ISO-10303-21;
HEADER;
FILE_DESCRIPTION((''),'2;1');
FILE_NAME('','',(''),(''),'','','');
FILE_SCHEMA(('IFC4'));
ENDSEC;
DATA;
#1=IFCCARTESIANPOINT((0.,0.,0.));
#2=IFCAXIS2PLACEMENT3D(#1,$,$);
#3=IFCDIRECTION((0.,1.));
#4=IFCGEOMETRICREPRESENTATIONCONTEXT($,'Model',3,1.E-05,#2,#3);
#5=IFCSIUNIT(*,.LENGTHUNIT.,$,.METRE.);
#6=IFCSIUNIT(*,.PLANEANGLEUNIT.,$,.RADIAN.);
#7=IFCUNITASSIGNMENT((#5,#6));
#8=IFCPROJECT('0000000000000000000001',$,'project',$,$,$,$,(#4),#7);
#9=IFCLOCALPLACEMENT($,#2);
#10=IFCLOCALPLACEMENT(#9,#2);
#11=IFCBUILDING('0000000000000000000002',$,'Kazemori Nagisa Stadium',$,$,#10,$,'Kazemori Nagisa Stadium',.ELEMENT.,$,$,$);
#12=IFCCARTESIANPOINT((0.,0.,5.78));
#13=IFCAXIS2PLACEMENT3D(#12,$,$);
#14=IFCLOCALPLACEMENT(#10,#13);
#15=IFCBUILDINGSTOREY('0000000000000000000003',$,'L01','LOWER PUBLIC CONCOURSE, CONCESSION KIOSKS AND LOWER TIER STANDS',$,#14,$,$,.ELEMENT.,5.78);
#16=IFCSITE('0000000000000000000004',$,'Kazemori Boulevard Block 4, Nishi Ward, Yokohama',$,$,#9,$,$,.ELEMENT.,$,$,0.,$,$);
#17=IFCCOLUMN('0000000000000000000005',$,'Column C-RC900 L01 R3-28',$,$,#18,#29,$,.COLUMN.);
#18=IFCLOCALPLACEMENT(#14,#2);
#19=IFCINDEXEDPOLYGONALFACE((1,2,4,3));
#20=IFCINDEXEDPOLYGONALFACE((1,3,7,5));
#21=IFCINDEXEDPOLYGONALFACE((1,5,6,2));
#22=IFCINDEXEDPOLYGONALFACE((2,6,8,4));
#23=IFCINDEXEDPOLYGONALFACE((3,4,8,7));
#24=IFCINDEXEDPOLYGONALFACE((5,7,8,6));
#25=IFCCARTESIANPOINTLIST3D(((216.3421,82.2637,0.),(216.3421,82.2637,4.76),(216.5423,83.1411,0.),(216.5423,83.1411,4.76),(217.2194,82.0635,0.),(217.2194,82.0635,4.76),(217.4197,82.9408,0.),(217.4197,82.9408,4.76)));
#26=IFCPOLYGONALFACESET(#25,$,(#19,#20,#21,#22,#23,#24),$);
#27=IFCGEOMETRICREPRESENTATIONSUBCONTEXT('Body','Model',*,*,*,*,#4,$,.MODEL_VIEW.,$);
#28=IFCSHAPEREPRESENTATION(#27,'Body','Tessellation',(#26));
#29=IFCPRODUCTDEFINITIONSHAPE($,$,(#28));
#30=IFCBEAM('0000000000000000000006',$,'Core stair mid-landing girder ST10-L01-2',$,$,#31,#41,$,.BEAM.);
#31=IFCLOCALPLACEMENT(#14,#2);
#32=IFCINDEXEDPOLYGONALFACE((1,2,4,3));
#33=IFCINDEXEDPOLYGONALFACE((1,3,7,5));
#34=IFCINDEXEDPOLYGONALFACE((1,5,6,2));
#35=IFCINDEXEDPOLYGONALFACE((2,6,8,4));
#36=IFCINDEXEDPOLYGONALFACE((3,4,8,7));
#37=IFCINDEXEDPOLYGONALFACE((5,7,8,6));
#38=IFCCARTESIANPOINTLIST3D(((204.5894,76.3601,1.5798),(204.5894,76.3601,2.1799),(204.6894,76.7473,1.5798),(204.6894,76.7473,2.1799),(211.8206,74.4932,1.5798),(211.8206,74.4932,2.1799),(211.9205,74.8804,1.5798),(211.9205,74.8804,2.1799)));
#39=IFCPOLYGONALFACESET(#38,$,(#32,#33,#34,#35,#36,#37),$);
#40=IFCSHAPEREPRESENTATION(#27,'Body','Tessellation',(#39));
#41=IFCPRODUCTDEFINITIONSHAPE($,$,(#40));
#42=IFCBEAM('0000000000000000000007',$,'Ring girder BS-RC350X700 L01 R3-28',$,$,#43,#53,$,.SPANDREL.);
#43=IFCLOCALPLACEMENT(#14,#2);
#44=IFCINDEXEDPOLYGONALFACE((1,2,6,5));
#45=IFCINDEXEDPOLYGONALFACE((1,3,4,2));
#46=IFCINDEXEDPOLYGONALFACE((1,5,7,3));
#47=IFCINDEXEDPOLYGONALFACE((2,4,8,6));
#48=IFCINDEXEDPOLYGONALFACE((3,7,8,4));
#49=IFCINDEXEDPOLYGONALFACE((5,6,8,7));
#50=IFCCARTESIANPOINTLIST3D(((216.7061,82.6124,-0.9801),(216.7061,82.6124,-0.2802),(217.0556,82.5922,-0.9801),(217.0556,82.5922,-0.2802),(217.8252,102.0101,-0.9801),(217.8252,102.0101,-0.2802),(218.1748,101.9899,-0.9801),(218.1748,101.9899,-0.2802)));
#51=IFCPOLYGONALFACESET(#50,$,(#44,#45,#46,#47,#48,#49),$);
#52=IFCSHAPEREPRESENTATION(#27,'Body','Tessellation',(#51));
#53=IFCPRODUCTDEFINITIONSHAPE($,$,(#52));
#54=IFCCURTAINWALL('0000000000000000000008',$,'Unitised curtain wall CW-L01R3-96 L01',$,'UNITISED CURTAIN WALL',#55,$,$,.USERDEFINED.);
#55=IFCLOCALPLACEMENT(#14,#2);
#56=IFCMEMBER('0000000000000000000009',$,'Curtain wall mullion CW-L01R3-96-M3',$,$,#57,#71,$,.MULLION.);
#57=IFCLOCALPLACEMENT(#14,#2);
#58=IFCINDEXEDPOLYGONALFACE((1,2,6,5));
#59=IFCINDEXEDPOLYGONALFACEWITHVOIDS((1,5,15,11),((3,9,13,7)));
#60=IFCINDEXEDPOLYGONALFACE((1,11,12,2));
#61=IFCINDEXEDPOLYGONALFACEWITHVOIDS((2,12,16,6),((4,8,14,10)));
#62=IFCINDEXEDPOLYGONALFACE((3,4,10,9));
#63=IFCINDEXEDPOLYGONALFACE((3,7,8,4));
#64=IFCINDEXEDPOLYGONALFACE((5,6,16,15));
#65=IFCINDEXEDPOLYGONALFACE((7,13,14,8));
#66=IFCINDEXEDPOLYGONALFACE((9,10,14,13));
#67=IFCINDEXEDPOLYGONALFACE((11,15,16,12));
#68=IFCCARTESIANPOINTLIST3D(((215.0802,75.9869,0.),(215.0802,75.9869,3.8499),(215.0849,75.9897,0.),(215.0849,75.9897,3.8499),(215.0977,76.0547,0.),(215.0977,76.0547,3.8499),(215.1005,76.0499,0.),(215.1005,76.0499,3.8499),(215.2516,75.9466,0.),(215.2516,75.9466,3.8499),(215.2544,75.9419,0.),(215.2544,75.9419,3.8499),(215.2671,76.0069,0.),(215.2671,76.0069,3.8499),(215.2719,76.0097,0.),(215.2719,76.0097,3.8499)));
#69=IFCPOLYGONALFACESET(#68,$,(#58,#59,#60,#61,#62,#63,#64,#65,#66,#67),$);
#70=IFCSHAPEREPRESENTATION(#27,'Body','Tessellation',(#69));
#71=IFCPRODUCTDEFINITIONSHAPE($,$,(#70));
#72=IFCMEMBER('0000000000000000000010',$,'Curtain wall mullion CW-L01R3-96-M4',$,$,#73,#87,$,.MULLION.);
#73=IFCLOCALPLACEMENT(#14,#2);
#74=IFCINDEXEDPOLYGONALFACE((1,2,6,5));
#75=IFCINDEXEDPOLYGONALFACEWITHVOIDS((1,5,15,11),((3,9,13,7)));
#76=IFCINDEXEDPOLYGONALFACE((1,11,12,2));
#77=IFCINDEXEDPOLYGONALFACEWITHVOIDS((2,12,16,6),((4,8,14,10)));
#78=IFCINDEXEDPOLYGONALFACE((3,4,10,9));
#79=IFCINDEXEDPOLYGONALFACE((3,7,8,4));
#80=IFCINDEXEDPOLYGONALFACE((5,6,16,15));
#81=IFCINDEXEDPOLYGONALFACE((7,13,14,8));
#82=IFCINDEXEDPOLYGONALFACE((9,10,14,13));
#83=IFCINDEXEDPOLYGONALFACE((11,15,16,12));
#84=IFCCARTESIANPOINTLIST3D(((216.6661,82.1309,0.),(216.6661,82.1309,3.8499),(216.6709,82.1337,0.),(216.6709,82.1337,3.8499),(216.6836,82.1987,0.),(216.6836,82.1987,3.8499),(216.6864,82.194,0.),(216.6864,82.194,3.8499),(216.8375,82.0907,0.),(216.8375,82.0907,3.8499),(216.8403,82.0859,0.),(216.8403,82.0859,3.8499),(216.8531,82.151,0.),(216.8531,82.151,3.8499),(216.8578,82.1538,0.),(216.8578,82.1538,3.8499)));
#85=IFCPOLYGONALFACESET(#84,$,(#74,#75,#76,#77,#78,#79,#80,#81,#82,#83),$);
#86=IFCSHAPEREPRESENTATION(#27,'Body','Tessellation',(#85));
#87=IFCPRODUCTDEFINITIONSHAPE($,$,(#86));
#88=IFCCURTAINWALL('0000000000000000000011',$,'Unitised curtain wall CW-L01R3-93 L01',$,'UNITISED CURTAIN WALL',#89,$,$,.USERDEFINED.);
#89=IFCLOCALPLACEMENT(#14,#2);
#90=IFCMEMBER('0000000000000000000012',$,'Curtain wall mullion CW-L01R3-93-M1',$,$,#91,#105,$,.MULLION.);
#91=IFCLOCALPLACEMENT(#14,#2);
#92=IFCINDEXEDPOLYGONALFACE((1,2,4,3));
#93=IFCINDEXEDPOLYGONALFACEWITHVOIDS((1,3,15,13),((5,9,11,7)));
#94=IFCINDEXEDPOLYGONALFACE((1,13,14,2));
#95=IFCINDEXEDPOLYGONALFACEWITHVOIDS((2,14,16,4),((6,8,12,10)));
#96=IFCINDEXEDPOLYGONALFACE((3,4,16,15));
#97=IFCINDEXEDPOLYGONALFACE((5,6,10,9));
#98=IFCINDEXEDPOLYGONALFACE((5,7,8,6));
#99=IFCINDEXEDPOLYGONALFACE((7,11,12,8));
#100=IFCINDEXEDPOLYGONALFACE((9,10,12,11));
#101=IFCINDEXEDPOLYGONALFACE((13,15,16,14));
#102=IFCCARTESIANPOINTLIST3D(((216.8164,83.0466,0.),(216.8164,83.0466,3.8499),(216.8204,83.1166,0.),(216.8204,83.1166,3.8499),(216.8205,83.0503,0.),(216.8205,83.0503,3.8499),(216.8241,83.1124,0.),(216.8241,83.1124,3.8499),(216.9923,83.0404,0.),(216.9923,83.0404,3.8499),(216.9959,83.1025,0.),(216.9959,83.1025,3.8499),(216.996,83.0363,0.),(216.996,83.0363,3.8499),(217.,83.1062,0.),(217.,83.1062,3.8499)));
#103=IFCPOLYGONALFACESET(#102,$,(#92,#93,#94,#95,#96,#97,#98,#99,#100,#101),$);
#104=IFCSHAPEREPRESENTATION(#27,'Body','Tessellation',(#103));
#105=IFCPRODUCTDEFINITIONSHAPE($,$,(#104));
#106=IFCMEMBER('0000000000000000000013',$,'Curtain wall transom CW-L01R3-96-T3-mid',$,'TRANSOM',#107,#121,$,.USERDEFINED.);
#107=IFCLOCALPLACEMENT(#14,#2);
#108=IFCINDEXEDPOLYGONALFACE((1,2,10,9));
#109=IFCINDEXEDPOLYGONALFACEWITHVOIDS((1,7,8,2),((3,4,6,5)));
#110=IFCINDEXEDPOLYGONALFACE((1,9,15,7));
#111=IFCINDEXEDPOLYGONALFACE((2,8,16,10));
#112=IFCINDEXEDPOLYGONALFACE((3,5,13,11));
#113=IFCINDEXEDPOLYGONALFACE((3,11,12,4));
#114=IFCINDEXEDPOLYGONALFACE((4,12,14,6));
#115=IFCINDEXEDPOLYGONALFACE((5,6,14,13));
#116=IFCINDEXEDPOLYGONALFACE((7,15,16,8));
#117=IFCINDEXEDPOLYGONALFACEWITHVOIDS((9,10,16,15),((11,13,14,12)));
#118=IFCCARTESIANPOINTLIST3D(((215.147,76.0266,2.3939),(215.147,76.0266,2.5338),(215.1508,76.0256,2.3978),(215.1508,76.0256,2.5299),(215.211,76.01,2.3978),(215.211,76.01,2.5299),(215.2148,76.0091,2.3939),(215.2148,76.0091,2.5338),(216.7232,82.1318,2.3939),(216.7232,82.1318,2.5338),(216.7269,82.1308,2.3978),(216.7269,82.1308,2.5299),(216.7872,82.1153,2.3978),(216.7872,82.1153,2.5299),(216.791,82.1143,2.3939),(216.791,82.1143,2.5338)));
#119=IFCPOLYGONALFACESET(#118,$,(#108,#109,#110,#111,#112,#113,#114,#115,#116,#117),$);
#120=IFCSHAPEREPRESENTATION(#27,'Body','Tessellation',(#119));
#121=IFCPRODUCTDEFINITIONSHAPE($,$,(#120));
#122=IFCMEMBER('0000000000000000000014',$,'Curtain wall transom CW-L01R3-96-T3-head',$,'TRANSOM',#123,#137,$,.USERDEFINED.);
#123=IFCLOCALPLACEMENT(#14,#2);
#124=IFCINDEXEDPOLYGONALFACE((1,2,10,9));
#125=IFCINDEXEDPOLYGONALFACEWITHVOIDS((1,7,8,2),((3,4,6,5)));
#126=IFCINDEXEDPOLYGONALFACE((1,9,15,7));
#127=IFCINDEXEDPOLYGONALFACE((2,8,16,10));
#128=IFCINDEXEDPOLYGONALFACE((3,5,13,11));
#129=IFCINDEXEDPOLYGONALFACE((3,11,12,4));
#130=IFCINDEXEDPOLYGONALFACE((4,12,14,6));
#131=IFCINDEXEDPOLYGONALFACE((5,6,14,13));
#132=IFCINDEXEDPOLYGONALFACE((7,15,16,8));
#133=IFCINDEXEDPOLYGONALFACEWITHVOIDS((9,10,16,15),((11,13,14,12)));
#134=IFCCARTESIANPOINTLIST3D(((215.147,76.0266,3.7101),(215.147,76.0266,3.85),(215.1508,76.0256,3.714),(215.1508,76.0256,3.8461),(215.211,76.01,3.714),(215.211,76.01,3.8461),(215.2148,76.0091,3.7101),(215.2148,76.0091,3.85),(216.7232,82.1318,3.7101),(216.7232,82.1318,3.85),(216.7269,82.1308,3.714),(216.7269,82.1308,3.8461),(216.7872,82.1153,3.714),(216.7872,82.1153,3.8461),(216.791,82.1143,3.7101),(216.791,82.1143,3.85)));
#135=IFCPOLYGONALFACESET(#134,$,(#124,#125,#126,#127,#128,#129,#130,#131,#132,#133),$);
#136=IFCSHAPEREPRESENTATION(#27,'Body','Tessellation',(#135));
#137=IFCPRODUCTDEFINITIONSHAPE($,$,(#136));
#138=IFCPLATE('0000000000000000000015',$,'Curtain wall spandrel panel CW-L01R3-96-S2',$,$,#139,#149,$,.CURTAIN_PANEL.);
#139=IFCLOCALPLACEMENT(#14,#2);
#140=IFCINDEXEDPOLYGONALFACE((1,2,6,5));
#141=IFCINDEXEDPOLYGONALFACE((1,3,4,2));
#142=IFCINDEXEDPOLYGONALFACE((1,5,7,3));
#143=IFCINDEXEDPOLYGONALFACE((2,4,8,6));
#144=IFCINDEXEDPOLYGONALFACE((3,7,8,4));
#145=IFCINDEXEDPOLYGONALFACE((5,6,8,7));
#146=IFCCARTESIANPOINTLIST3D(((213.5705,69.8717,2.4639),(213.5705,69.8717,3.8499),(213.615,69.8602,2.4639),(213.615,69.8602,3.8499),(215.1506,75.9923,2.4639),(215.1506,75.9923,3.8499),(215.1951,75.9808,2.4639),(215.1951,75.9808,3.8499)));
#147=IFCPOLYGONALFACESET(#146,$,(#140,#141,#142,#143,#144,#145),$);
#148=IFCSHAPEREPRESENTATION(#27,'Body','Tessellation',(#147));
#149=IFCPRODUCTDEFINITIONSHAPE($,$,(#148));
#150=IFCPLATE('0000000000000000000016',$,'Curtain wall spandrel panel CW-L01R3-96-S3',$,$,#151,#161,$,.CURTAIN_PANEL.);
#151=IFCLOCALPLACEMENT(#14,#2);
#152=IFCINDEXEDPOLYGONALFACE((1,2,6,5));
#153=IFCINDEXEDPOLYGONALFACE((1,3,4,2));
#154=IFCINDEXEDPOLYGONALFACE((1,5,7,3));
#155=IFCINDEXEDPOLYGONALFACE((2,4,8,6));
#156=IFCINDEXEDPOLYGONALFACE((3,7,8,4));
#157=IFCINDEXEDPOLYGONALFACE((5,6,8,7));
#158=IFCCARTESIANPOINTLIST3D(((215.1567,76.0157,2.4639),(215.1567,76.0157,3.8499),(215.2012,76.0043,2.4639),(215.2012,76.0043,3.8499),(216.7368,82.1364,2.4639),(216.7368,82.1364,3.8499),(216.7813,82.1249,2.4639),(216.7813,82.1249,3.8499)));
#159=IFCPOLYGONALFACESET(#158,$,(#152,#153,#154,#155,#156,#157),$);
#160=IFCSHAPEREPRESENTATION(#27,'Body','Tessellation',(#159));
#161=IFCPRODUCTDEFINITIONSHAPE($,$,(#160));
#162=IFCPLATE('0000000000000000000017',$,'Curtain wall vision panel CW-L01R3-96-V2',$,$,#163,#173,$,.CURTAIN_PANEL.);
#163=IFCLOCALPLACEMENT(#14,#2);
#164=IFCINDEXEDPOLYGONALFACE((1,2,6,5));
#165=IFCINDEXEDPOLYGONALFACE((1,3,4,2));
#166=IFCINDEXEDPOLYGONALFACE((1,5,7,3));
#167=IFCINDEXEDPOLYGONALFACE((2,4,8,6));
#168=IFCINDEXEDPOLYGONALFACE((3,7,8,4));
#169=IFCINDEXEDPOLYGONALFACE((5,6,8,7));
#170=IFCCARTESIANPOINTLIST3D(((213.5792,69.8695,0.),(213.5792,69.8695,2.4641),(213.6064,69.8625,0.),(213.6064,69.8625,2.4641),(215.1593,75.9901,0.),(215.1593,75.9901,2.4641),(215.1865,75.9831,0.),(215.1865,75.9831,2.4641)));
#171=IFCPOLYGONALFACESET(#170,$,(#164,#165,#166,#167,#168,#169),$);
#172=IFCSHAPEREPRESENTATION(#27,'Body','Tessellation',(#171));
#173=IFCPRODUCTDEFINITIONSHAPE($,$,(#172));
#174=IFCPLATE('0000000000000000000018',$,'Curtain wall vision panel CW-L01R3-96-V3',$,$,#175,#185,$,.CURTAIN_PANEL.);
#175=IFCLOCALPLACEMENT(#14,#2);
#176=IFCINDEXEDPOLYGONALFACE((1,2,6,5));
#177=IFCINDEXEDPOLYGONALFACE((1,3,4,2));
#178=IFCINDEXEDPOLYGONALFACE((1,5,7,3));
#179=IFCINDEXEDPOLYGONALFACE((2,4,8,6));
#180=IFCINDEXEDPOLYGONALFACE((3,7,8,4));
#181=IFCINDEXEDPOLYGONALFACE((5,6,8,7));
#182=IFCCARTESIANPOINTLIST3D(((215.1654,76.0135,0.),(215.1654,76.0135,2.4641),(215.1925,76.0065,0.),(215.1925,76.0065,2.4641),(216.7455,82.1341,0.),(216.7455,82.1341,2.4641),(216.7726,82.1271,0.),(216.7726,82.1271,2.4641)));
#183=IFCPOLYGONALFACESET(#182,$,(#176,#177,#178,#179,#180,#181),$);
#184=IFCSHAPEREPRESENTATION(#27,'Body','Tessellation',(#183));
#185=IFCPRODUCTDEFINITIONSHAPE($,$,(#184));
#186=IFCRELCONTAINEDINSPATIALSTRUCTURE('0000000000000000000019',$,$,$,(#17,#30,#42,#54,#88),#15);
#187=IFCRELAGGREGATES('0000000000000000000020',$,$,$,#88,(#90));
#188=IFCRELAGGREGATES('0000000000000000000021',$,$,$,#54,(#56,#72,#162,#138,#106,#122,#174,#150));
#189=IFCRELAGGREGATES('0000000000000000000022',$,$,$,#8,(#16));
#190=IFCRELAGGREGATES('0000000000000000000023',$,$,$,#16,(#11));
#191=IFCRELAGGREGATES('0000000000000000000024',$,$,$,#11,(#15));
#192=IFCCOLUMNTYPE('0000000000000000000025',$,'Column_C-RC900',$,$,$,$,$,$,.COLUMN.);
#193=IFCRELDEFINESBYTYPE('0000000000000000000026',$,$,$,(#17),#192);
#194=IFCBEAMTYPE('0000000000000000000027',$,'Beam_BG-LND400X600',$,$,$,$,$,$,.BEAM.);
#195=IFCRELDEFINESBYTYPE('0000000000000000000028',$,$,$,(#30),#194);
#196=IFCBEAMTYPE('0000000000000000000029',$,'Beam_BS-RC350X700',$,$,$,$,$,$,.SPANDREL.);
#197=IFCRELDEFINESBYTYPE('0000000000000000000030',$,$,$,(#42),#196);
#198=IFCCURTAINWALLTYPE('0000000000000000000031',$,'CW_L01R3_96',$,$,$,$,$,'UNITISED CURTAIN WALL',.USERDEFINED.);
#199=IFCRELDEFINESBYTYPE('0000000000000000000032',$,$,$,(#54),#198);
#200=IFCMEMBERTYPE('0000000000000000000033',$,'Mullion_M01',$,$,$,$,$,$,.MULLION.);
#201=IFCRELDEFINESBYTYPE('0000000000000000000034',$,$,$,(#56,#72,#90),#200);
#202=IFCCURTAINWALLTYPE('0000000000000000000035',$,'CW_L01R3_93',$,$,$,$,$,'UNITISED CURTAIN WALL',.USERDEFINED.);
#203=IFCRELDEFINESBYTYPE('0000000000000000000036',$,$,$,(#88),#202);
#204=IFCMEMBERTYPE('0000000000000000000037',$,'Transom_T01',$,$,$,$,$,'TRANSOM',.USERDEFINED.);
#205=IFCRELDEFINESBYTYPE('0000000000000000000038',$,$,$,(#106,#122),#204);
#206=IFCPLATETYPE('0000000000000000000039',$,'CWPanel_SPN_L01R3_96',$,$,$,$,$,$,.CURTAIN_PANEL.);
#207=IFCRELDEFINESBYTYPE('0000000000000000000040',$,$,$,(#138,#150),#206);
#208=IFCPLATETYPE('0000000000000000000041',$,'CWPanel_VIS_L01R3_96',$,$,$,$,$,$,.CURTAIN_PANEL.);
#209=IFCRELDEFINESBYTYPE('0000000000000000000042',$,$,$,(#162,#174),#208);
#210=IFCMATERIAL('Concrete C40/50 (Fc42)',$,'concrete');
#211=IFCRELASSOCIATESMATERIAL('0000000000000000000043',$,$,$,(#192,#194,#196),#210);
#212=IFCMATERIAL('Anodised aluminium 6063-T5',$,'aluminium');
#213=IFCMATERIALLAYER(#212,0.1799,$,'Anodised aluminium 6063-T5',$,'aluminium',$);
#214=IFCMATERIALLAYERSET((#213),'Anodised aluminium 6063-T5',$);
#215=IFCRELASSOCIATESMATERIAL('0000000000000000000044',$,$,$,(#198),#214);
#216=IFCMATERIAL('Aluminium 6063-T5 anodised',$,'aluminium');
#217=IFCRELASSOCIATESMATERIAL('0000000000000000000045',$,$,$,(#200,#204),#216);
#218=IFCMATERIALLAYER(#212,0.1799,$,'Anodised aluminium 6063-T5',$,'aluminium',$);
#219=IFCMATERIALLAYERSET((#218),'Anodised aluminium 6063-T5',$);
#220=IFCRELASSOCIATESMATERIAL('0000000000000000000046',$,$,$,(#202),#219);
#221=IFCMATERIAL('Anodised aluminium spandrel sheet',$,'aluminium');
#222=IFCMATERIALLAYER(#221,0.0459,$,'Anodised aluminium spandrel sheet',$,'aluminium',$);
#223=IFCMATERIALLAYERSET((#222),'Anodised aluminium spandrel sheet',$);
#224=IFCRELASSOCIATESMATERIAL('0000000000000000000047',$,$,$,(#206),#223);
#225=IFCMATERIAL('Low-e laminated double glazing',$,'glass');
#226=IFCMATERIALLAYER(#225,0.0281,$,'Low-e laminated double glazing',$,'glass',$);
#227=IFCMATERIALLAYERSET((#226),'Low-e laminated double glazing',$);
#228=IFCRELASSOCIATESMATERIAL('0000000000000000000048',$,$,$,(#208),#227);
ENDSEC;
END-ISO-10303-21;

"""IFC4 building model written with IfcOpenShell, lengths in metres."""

from ifc_helpers import new_model, si_unit, direction, frame, origin, origin_2d, place, context, subcontext, project, spatial, rectangle, hollow_rectangle, extrude, material, layer, layer_set, material_profile, profile_set, type_object, element, aggregate, save


model = new_model("IFC4")

# Units and contexts
model_context = context("Model", 3, precision=1e-05, world=origin(), true_north=direction((0.0, 1.0)))
body_context = subcontext(model_context, "Body", "Model", "MODEL_VIEW")
ifc_project = project(units=[si_unit("LENGTHUNIT", "METRE"), si_unit("PLANEANGLEUNIT", "RADIAN")], contexts=[model_context])

# Site, building, storey
site_placement = place(None, origin())
site = spatial("IfcSite", under=ifc_project, at=site_placement, Name="Kazemori Boulevard Block 4, Nishi Ward, Yokohama", CompositionType="ELEMENT", RefElevation=0.0)
building_placement = place(site_placement, origin())
building = spatial("IfcBuilding", under=site, at=building_placement, Name="Kazemori Nagisa Stadium", LongName="Kazemori Nagisa Stadium", CompositionType="ELEMENT")
storey_placement = place(building_placement, frame((0.0, 0.0, 5.78)))
storey = spatial("IfcBuildingStorey", under=building, at=storey_placement, Name="L01", Description="LOWER PUBLIC CONCOURSE, CONCESSION KIOSKS AND LOWER TIER STANDS", CompositionType="ELEMENT", Elevation=5.78)

# Column
ifc_material_1 = material(Name="Concrete C40/50 (Fc42)", Category="concrete")
ifc_material_profile_1 = material_profile(ifc_material_1, rectangle(XDim=0.8999, YDim=0.8999, at=origin_2d()), Name="RC-COL-900x900")
ifc_profile_set_1 = profile_set([ifc_material_profile_1], Name="Concrete C40/50 (Fc42)")
column_type = type_object("IfcColumnType", Name="Column_C-RC900", PredefinedType="COLUMN", material=ifc_profile_set_1)
column_placement = place(storey_placement, frame((216.8809, 82.6023, 0.0), z_axis=(0.0, 0.0, 1.0), x_axis=(0.974928, -0.222521, 0.0)))
element("IfcColumn", 1, at=column_placement, inside=storey, type_object=column_type, Name="Column C-RC900 L01 R3-28", PredefinedType="COLUMN", context=body_context, shape_type="SweptSolid", body=[
    extrude(rectangle(XDim=0.8999, YDim=0.8999, at=origin_2d()), origin(), (0.0, 0.0, 1.0), 4.76),
])

# Beams
ifc_material_profile_2 = material_profile(ifc_material_1, rectangle(XDim=0.3999, YDim=0.6001, at=origin_2d()), Name="RC-BM-400x600")
ifc_profile_set_2 = profile_set([ifc_material_profile_2], Name="Concrete C40/50 (Fc42)")
beam_type_1 = type_object("IfcBeamType", Name="Beam_BG-LND400X600", PredefinedType="BEAM", material=ifc_profile_set_2)
beam_1_placement = place(storey_placement, frame((204.6394, 76.5537, 1.8799), z_axis=(0.968251, -0.249982, 0.0), x_axis=(0.249982, 0.968251, 0.0)))
element("IfcBeam", 2, at=beam_1_placement, inside=storey, type_object=beam_type_1, Name="Core stair mid-landing girder ST10-L01-2", PredefinedType="BEAM", context=body_context, shape_type="SweptSolid", body=[
    extrude(rectangle(XDim=0.3999, YDim=0.6001, at=origin_2d()), origin(), (0.0, 0.0, 1.0), 7.4683),
])
ifc_material_profile_3 = material_profile(ifc_material_1, rectangle(XDim=0.3501, YDim=0.7, at=origin_2d()), Name="RC-SP-350x700")
ifc_profile_set_3 = profile_set([ifc_material_profile_3], Name="Concrete C40/50 (Fc42)")
beam_type_2 = type_object("IfcBeamType", Name="Beam_BS-RC350X700", PredefinedType="SPANDREL", material=ifc_profile_set_3)
beam_2_placement = place(storey_placement, frame((216.8809, 82.6023, -0.6301), z_axis=(0.057599, 0.99834, 0.0), x_axis=(-0.99834, 0.057599, 0.0)))
element("IfcBeam", 3, at=beam_2_placement, inside=storey, type_object=beam_type_2, Name="Ring girder BS-RC350X700 L01 R3-28", PredefinedType="SPANDREL", context=body_context, shape_type="SweptSolid", body=[
    extrude(rectangle(XDim=0.3501, YDim=0.7, at=origin_2d()), origin(), (0.0, 0.0, 1.0), 19.4299),
])

# Curtain wall, members
ifc_material_2 = material(Name="Anodised aluminium 6063-T5", Category="aluminium")
ifc_layer_1 = layer(ifc_material_2, 0.1799, Name="Anodised aluminium 6063-T5", Category="aluminium")
ifc_layer_set_1 = layer_set([ifc_layer_1], Name="Anodised aluminium 6063-T5")
curtain_wall_type_1 = type_object("IfcCurtainWallType", Name="CW_L01R3_96", ElementType="UNITISED CURTAIN WALL", PredefinedType="USERDEFINED", material=ifc_layer_set_1)
curtain_wall_1_placement = place(storey_placement, origin())
curtain_wall_1 = element("IfcCurtainWall", 4, at=curtain_wall_1_placement, inside=storey, type_object=curtain_wall_type_1, Name="Unitised curtain wall CW-L01R3-96 L01", ObjectType="UNITISED CURTAIN WALL", PredefinedType="USERDEFINED")
ifc_material_3 = material(Name="Aluminium 6063-T5 anodised", Category="aluminium")
ifc_material_profile_4 = material_profile(ifc_material_3, hollow_rectangle(XDim=0.0701, YDim=0.1799, WallThickness=0.0039, at=origin_2d()), Name="ALU-MULL-70x180x4")
ifc_profile_set_4 = profile_set([ifc_material_profile_4], Name="Aluminium 6063-T5 anodised")
member_type_1 = type_object("IfcMemberType", Name="Mullion_M01", PredefinedType="MULLION", material=ifc_profile_set_4)
member_1_placement = place(storey_placement, frame((215.176, 75.9983, 0.0), z_axis=(0.0, 0.0, 1.0), x_axis=(0.249965, 0.968255, 0.0)))
member_1 = element("IfcMember", 5, at=member_1_placement, type_object=member_type_1, Name="Curtain wall mullion CW-L01R3-96-M3", PredefinedType="MULLION", context=body_context, shape_type="SweptSolid", body=[
    extrude(hollow_rectangle(XDim=0.0701, YDim=0.1799, WallThickness=0.0039, at=origin_2d()), origin(), (0.0, 0.0, 1.0), 3.8499),
])
member_2_placement = place(storey_placement, frame((216.762, 82.1423, 0.0), z_axis=(0.0, 0.0, 1.0), x_axis=(0.249965, 0.968255, 0.0)))
member_2 = element("IfcMember", 6, at=member_2_placement, type_object=member_type_1, Name="Curtain wall mullion CW-L01R3-96-M4", PredefinedType="MULLION", context=body_context, shape_type="SweptSolid", body=[
    extrude(hollow_rectangle(XDim=0.0701, YDim=0.1799, WallThickness=0.0039, at=origin_2d()), origin(), (0.0, 0.0, 1.0), 3.8499),
])

# Curtain wall, member
ifc_layer_2 = layer(ifc_material_2, 0.1799, Name="Anodised aluminium 6063-T5", Category="aluminium")
ifc_layer_set_2 = layer_set([ifc_layer_2], Name="Anodised aluminium 6063-T5")
curtain_wall_type_2 = type_object("IfcCurtainWallType", Name="CW_L01R3_93", ElementType="UNITISED CURTAIN WALL", PredefinedType="USERDEFINED", material=ifc_layer_set_2)
curtain_wall_2_placement = place(storey_placement, origin())
curtain_wall_2 = element("IfcCurtainWall", 7, at=curtain_wall_2_placement, inside=storey, type_object=curtain_wall_type_2, Name="Unitised curtain wall CW-L01R3-93 L01", ObjectType="UNITISED CURTAIN WALL", PredefinedType="USERDEFINED")
member_3_placement = place(storey_placement, frame((216.9082, 83.0764, 0.0), z_axis=(0.0, 0.0, 1.0), x_axis=(0.057602, 0.99834, 0.0)))
member_3 = element("IfcMember", 8, at=member_3_placement, type_object=member_type_1, Name="Curtain wall mullion CW-L01R3-93-M1", PredefinedType="MULLION", context=body_context, shape_type="SweptSolid", body=[
    extrude(hollow_rectangle(XDim=0.0701, YDim=0.1799, WallThickness=0.0039, at=origin_2d()), origin(), (0.0, 0.0, 1.0), 3.8499),
])
aggregate(curtain_wall_2, [member_3])

# Members
ifc_material_profile_5 = material_profile(ifc_material_3, hollow_rectangle(XDim=0.0701, YDim=0.1399, WallThickness=0.0039, at=origin_2d()), Name="ALU-TRAN-70x140x4")
ifc_profile_set_5 = profile_set([ifc_material_profile_5], Name="Aluminium 6063-T5 anodised")
member_type_2 = type_object("IfcMemberType", Name="Transom_T01", ElementType="TRANSOM", PredefinedType="USERDEFINED", material=ifc_profile_set_5)
member_4_placement = place(storey_placement, frame((215.1809, 76.0178, 2.4639), z_axis=(0.249972, 0.968253, 0.0), x_axis=(-0.968253, 0.249972, 0.0)))
member_4 = element("IfcMember", 9, at=member_4_placement, type_object=member_type_2, Name="Curtain wall transom CW-L01R3-96-T3-mid", ObjectType="TRANSOM", PredefinedType="USERDEFINED", context=body_context, shape_type="SweptSolid", body=[
    extrude(hollow_rectangle(XDim=0.0701, YDim=0.1399, WallThickness=0.0039, at=origin_2d()), origin(), (0.0, 0.0, 1.0), 6.3054),
])
member_5_placement = place(storey_placement, frame((215.1809, 76.0178, 3.78), z_axis=(0.249972, 0.968253, 0.0), x_axis=(-0.968253, 0.249972, 0.0)))
member_5 = element("IfcMember", 10, at=member_5_placement, type_object=member_type_2, Name="Curtain wall transom CW-L01R3-96-T3-head", ObjectType="TRANSOM", PredefinedType="USERDEFINED", context=body_context, shape_type="SweptSolid", body=[
    extrude(hollow_rectangle(XDim=0.0701, YDim=0.1399, WallThickness=0.0039, at=origin_2d()), origin(), (0.0, 0.0, 1.0), 6.3054),
])

# Plates
ifc_material_4 = material(Name="Anodised aluminium spandrel sheet", Category="aluminium")
ifc_layer_3 = layer(ifc_material_4, 0.0459, Name="Anodised aluminium spandrel sheet", Category="aluminium")
ifc_layer_set_3 = layer_set([ifc_layer_3], Name="Anodised aluminium spandrel sheet")
plate_type_1 = type_object("IfcPlateType", Name="CWPanel_SPN_L01R3_96", PredefinedType="CURTAIN_PANEL", material=ifc_layer_set_3)
plate_1_placement = place(storey_placement, frame((214.3828, 72.9263, 2.4639), z_axis=(0.0, 0.0, 1.0), x_axis=(0.249965, 0.968255, 0.0)))
plate_1 = element("IfcPlate", 11, at=plate_1_placement, type_object=plate_type_1, Name="Curtain wall spandrel panel CW-L01R3-96-S2", PredefinedType="CURTAIN_PANEL", context=body_context, shape_type="SweptSolid", body=[
    extrude(rectangle(XDim=6.3213, YDim=0.0459, at=origin_2d()), origin(), (0.0, 0.0, 1.0), 1.386),
])
plate_2_placement = place(storey_placement, frame((215.969, 79.0703, 2.4639), z_axis=(0.0, 0.0, 1.0), x_axis=(0.249965, 0.968255, 0.0)))
plate_2 = element("IfcPlate", 12, at=plate_2_placement, type_object=plate_type_1, Name="Curtain wall spandrel panel CW-L01R3-96-S3", PredefinedType="CURTAIN_PANEL", context=body_context, shape_type="SweptSolid", body=[
    extrude(rectangle(XDim=6.3213, YDim=0.0459, at=origin_2d()), origin(), (0.0, 0.0, 1.0), 1.386),
])
ifc_material_5 = material(Name="Low-e laminated double glazing", Category="glass")
ifc_layer_4 = layer(ifc_material_5, 0.0281, Name="Low-e laminated double glazing", Category="glass")
ifc_layer_set_4 = layer_set([ifc_layer_4], Name="Low-e laminated double glazing")
plate_type_2 = type_object("IfcPlateType", Name="CWPanel_VIS_L01R3_96", PredefinedType="CURTAIN_PANEL", material=ifc_layer_set_4)
plate_3_placement = place(storey_placement, frame((214.3828, 72.9263, 0.0), z_axis=(0.0, 0.0, 1.0), x_axis=(0.249965, 0.968255, 0.0)))
plate_3 = element("IfcPlate", 13, at=plate_3_placement, type_object=plate_type_2, Name="Curtain wall vision panel CW-L01R3-96-V2", PredefinedType="CURTAIN_PANEL", context=body_context, shape_type="SweptSolid", body=[
    extrude(rectangle(XDim=6.3213, YDim=0.0281, at=origin_2d()), origin(), (0.0, 0.0, 1.0), 2.4641),
])
plate_4_placement = place(storey_placement, frame((215.969, 79.0703, 0.0), z_axis=(0.0, 0.0, 1.0), x_axis=(0.249965, 0.968255, 0.0)))
plate_4 = element("IfcPlate", 14, at=plate_4_placement, type_object=plate_type_2, Name="Curtain wall vision panel CW-L01R3-96-V3", PredefinedType="CURTAIN_PANEL", context=body_context, shape_type="SweptSolid", body=[
    extrude(rectangle(XDim=6.3213, YDim=0.0281, at=origin_2d()), origin(), (0.0, 0.0, 1.0), 2.4641),
])
aggregate(curtain_wall_1, [member_1, member_2, plate_3, plate_1, member_4, member_5, plate_4, plate_2])

save(model, "model.ifc")
